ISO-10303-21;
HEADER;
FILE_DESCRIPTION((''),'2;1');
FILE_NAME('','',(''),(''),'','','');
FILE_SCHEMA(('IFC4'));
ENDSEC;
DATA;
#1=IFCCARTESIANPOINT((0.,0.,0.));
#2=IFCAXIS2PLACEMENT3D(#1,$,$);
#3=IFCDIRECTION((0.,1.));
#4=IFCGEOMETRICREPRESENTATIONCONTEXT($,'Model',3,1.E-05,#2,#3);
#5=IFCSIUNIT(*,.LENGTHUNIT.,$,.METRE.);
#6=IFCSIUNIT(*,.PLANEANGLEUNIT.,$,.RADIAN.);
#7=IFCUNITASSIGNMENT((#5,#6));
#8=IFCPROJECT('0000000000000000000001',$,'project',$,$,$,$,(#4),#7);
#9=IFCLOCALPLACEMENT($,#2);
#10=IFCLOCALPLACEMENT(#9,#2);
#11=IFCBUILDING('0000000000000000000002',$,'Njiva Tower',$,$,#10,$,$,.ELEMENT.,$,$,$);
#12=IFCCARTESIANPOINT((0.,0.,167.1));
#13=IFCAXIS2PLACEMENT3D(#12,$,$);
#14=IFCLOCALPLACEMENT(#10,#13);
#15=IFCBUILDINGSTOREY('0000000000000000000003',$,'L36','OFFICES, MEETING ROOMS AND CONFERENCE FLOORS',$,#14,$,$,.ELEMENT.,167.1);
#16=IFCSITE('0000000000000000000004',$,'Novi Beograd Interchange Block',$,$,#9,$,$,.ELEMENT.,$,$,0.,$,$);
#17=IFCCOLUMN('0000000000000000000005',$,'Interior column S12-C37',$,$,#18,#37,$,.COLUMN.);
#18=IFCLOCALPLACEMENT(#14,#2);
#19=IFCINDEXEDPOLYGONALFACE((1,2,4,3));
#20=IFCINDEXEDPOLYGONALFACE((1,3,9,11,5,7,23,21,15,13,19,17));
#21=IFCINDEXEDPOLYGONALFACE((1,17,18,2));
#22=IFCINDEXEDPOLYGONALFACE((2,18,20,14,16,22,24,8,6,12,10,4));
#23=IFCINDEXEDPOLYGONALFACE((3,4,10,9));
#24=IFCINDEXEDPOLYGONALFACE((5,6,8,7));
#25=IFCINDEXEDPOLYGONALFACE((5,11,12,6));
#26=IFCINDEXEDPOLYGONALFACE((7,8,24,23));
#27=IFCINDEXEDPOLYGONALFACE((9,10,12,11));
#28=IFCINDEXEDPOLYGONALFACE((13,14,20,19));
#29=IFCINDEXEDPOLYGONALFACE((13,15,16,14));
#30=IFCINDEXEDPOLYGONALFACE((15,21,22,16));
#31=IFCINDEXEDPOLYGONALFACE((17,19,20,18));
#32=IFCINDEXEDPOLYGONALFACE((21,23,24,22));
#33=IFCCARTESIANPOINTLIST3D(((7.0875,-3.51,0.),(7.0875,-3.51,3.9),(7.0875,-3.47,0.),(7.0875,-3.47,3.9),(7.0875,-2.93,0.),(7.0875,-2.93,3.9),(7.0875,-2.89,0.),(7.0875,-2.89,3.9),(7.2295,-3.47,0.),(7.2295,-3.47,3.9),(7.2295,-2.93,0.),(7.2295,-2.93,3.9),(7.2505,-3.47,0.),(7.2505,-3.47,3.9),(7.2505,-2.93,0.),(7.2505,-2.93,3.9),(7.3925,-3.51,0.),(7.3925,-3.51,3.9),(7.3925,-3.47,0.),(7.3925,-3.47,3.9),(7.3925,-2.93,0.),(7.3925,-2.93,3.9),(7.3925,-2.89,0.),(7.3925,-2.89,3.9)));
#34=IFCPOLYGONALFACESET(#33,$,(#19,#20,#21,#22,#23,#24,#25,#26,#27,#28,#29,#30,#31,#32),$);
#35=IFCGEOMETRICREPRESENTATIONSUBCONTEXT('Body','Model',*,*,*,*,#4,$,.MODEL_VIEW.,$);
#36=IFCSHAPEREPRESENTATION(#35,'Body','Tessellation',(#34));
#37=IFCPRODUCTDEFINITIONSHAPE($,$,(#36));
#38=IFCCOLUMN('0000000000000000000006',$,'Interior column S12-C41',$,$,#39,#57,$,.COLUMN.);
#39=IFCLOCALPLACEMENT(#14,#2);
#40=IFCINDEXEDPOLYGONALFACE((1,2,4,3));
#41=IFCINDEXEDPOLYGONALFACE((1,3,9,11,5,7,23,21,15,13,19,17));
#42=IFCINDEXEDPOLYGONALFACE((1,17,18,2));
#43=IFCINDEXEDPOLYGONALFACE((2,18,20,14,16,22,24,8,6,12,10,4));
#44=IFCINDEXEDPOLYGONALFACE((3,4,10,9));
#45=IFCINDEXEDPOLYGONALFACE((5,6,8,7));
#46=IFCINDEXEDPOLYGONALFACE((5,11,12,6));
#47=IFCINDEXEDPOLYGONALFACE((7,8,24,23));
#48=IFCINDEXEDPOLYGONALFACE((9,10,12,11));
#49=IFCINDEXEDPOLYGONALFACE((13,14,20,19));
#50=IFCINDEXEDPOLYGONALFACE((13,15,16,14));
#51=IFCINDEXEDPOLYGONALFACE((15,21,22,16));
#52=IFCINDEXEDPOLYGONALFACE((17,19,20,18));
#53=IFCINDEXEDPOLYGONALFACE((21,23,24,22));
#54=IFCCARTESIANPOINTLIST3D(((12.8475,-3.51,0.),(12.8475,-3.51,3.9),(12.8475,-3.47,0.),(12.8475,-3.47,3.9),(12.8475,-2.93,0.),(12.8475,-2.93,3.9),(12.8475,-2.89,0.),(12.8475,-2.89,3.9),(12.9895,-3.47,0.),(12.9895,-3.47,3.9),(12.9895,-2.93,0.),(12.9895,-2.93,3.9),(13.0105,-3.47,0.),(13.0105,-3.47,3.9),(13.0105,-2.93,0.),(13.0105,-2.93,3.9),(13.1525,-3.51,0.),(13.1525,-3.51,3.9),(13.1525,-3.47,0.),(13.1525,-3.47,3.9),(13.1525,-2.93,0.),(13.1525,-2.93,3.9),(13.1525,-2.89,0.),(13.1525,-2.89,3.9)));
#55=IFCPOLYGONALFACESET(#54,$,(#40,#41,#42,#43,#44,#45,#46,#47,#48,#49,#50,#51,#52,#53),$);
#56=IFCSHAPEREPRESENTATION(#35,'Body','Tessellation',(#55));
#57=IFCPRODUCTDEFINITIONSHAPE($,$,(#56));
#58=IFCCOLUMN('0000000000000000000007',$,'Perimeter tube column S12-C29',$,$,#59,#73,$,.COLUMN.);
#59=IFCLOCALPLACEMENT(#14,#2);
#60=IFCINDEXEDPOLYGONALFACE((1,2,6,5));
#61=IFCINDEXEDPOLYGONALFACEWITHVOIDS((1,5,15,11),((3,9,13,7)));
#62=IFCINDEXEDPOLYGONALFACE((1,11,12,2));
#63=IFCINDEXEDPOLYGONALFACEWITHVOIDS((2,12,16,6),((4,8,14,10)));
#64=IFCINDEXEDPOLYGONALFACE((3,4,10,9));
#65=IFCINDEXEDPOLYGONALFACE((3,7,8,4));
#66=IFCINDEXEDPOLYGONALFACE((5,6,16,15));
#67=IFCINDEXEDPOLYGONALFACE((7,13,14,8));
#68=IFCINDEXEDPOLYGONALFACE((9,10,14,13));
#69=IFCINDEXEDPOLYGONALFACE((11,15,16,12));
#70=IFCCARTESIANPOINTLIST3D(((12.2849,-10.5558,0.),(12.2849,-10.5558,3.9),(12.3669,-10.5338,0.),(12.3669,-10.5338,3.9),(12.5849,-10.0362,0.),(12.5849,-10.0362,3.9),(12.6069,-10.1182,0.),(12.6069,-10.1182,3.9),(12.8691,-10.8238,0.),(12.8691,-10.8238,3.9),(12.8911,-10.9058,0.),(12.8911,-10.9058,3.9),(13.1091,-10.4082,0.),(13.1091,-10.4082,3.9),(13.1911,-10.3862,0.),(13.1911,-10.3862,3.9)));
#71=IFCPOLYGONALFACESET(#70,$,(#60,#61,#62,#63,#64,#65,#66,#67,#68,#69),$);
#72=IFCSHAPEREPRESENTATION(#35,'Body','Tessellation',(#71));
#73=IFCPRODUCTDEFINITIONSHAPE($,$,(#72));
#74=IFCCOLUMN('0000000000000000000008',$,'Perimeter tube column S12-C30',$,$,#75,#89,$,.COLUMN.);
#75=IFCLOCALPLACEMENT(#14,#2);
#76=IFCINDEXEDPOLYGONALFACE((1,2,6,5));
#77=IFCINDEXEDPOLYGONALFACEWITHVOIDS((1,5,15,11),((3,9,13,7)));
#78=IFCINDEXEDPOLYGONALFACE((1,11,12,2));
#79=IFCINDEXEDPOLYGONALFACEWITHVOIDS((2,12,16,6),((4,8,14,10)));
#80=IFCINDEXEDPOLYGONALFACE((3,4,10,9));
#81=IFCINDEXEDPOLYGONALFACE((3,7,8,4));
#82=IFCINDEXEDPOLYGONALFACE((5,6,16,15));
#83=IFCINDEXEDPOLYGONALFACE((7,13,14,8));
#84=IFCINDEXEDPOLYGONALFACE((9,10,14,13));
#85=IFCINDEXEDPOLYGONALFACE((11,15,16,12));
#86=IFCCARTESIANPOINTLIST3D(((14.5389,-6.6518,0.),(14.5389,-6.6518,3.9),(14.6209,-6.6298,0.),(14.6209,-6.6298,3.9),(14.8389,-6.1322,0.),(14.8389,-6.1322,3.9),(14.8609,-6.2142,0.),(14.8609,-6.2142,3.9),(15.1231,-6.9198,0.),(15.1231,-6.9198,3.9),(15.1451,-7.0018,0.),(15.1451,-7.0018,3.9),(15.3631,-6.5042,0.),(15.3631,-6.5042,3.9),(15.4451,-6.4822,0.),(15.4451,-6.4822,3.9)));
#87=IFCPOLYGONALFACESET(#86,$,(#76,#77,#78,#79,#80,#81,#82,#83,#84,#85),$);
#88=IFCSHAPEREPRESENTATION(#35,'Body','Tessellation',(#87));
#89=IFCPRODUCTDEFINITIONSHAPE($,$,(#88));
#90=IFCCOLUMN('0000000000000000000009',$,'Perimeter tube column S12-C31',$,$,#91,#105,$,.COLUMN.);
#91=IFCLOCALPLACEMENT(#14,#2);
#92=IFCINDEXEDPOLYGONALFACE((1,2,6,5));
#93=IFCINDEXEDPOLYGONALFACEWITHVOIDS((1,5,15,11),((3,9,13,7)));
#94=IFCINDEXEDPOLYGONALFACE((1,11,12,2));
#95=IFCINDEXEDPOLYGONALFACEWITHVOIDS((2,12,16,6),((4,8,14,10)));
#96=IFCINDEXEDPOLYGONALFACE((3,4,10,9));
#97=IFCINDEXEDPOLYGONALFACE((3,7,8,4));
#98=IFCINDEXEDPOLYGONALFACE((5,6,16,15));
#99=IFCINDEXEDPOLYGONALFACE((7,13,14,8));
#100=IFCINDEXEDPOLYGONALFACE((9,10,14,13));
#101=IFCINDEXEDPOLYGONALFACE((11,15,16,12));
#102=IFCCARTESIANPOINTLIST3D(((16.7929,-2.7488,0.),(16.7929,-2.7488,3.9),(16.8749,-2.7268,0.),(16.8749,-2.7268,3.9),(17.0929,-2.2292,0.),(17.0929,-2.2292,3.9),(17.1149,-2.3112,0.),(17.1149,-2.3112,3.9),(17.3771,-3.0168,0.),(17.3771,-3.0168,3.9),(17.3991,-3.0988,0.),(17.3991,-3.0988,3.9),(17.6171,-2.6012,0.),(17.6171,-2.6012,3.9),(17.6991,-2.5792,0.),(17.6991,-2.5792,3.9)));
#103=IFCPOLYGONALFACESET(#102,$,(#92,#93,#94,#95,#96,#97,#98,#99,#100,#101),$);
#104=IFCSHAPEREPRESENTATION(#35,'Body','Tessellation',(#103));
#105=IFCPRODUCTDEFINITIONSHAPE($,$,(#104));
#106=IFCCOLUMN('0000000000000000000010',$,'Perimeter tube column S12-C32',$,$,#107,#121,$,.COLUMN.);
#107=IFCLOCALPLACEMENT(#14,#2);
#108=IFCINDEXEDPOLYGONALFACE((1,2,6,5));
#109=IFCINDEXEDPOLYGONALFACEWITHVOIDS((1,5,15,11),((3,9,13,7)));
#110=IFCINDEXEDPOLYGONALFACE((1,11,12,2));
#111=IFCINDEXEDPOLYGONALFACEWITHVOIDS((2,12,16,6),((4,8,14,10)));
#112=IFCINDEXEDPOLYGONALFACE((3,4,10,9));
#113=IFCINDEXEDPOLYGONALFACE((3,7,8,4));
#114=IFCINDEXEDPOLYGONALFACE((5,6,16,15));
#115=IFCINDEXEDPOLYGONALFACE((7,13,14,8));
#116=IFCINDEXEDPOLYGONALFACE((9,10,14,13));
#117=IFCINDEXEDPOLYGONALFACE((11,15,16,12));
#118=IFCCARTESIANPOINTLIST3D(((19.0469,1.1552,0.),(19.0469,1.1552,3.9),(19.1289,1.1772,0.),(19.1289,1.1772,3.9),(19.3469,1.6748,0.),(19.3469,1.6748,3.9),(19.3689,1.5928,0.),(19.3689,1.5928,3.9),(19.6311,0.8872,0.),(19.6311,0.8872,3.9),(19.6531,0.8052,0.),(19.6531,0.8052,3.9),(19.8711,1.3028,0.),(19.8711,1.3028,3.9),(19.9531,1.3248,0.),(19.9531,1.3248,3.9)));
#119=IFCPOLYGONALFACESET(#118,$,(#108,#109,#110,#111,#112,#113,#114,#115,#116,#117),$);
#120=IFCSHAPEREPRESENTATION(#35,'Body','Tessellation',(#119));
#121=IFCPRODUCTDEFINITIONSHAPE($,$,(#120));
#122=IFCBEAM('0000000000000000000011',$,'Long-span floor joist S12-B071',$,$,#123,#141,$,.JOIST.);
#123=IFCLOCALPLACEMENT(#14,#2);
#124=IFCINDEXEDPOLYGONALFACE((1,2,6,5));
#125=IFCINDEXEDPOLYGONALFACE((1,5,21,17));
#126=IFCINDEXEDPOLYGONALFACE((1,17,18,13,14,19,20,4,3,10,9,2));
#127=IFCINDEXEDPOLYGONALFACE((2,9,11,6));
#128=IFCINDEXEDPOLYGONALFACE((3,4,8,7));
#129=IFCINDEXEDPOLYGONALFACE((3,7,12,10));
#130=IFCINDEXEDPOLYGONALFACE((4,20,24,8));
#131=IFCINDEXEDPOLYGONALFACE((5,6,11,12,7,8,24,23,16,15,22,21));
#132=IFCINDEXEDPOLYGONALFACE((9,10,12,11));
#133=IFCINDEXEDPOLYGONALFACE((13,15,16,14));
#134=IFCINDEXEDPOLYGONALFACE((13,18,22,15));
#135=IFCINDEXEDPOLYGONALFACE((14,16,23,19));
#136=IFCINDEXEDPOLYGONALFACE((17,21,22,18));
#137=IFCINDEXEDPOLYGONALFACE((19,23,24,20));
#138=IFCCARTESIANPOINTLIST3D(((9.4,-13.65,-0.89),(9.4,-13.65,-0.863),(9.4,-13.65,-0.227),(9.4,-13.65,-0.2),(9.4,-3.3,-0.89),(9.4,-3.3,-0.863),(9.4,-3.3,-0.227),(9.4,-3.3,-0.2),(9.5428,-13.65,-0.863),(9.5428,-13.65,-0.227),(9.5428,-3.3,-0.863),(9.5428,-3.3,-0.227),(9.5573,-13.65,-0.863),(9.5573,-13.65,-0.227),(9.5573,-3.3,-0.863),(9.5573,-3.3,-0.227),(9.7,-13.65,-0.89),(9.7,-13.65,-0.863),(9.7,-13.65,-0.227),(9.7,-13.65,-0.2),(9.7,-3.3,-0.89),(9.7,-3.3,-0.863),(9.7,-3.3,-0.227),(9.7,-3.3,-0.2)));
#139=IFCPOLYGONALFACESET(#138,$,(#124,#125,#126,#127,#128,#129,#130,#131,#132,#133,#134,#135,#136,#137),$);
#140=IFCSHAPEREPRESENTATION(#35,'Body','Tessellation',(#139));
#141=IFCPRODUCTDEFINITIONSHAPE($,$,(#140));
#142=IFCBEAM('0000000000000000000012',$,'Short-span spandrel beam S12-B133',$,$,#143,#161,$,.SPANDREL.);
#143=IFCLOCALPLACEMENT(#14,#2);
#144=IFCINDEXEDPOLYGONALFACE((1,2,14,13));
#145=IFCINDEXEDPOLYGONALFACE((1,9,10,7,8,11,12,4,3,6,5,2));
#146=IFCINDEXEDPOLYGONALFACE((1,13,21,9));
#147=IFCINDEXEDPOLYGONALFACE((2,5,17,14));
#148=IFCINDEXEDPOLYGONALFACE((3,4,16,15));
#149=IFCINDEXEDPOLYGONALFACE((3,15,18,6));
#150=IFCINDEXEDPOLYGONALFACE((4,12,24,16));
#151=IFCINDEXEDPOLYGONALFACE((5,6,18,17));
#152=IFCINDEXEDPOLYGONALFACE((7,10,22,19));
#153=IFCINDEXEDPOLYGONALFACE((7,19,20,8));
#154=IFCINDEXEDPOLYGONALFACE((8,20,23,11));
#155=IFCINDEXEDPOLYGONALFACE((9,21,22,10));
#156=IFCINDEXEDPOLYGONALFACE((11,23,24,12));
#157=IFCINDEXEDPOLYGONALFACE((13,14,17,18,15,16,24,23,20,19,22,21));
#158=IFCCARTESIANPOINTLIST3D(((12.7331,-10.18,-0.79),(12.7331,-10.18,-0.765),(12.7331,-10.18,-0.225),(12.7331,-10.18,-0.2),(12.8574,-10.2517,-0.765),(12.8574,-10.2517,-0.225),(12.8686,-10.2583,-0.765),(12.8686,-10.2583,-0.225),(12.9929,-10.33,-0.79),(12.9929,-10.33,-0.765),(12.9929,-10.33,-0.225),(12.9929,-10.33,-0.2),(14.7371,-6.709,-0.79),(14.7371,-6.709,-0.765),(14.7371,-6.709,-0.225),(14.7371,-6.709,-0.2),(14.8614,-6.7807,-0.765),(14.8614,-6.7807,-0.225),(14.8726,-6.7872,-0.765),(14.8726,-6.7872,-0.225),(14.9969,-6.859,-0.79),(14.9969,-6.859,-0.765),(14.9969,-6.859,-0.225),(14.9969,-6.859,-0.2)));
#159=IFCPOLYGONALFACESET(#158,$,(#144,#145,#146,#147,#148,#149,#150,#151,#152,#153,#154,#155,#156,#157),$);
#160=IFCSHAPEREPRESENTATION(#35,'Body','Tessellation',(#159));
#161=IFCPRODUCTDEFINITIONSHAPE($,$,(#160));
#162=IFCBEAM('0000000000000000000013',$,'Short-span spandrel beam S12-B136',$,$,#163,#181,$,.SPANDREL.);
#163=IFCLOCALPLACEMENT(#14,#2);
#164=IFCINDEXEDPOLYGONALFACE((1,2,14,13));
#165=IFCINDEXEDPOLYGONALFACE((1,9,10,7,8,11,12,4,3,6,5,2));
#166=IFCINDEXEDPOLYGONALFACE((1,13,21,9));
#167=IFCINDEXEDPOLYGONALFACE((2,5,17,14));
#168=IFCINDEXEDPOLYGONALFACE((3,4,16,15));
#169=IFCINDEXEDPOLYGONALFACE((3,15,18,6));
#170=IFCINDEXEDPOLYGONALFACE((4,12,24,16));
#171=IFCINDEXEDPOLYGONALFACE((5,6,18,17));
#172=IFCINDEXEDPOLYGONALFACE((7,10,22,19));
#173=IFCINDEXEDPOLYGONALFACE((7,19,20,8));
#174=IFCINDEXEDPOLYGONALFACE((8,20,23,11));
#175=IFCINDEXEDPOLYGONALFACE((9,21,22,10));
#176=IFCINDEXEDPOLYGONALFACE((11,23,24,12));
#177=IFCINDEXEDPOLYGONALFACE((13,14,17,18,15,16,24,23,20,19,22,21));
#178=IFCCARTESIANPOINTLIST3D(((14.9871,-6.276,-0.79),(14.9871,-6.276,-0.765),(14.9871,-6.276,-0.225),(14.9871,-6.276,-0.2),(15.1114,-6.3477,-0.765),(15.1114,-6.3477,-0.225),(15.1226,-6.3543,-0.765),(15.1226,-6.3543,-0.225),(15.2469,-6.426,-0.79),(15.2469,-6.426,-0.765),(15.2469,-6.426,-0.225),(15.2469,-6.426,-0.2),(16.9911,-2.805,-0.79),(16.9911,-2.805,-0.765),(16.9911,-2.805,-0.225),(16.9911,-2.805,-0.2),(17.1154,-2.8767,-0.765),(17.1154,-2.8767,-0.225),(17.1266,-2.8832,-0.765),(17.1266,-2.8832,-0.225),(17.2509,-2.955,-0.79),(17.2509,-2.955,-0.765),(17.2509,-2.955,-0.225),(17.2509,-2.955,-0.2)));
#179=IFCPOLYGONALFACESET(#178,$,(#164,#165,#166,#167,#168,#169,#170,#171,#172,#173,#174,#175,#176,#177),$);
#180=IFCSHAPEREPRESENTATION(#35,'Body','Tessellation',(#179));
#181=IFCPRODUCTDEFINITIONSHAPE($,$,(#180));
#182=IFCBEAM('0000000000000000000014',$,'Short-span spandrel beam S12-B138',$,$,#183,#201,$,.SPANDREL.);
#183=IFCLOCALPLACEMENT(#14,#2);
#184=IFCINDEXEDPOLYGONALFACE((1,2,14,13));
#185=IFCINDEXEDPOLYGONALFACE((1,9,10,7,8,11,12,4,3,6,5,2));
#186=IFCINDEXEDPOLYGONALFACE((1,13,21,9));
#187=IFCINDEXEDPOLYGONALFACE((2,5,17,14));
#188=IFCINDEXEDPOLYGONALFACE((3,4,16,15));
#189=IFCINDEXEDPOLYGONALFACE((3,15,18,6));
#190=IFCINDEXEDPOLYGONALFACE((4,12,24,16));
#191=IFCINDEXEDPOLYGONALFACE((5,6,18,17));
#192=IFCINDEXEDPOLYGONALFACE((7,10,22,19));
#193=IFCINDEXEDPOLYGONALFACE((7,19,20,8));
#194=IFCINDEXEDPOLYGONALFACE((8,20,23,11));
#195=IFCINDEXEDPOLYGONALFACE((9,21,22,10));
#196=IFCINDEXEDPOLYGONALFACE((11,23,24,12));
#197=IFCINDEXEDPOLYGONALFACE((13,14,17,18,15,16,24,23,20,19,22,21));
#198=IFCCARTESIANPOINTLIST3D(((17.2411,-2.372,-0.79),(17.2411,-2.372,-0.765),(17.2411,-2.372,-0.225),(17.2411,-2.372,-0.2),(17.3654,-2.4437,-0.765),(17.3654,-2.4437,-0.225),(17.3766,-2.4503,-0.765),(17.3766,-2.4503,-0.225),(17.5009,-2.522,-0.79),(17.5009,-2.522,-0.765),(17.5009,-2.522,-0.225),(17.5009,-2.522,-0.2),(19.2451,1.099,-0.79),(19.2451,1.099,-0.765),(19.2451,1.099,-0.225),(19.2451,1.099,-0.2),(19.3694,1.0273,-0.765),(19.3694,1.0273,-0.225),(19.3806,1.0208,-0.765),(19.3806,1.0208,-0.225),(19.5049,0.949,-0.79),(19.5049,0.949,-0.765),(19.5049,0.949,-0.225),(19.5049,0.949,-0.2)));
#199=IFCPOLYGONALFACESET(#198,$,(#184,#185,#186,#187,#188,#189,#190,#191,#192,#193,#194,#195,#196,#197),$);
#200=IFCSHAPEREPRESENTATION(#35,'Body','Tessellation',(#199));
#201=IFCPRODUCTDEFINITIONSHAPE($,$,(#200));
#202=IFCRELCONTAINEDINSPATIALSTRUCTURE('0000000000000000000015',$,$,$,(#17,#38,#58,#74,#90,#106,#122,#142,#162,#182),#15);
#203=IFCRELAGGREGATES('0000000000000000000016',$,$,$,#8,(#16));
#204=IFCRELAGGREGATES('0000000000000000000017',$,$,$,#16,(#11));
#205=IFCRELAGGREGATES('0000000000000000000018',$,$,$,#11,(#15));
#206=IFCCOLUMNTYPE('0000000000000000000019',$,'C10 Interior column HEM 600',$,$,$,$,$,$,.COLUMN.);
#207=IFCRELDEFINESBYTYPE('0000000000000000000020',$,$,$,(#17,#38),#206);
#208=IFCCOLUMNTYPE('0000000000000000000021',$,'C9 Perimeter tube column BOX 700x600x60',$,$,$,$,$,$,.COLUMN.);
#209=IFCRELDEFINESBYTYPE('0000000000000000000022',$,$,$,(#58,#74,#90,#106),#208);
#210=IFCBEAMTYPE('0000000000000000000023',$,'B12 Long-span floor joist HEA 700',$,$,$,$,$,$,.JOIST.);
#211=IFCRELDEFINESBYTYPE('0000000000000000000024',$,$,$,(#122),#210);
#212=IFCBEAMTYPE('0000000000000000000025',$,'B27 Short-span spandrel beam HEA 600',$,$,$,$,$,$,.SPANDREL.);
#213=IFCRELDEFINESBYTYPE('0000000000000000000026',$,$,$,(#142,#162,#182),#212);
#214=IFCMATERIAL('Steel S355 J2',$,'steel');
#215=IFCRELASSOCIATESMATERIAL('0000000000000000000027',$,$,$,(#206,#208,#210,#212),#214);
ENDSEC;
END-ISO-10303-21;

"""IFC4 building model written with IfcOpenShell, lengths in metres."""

from ifc_helpers import new_model, si_unit, direction, frame, origin, origin_2d, place, context, subcontext, project, spatial, hollow_rectangle, i_section, extrude, material, material_profile, profile_set, type_object, element, save


model = new_model("IFC4")

# Units and contexts
model_context = context("Model", 3, precision=1e-05, world=origin(), true_north=direction((0.0, 1.0)))
body_context = subcontext(model_context, "Body", "Model", "MODEL_VIEW")
ifc_project = project(units=[si_unit("LENGTHUNIT", "METRE"), si_unit("PLANEANGLEUNIT", "RADIAN")], contexts=[model_context])

# Site, building, storey
site_placement = place(None, origin())
site = spatial("IfcSite", under=ifc_project, at=site_placement, Name="Novi Beograd Interchange Block", CompositionType="ELEMENT", RefElevation=0.0)
building_placement = place(site_placement, origin())
building = spatial("IfcBuilding", under=site, at=building_placement, Name="Njiva Tower", CompositionType="ELEMENT")
storey_placement = place(building_placement, frame((0.0, 0.0, 167.1)))
storey = spatial("IfcBuildingStorey", under=building, at=storey_placement, Name="L36", Description="OFFICES, MEETING ROOMS AND CONFERENCE FLOORS", CompositionType="ELEMENT", Elevation=167.1)

# Columns
ifc_material_1 = material(Name="Steel S355 J2", Category="steel")
ifc_material_profile_1 = material_profile(ifc_material_1, i_section(OverallWidth=0.305, OverallDepth=0.62, WebThickness=0.021, FlangeThickness=0.04, at=origin_2d()), Name="HEM 600")
ifc_profile_set_1 = profile_set([ifc_material_profile_1], Name="Steel S355 J2")
column_type_1 = type_object("IfcColumnType", Name="C10 Interior column HEM 600", PredefinedType="COLUMN", material=ifc_profile_set_1)
for number, where, z_axis, x_axis, name in (
    (1, (7.24, -3.2, 0.0), (0.0, 0.0, 1.0), (1.0, 0.0, 0.0), "Interior column S12-C37"),
    (2, (13.0, -3.2, 0.0), (0.0, 0.0, 1.0), (1.0, 0.0, 0.0), "Interior column S12-C41"),
):
    element("IfcColumn", number, at=place(storey_placement, frame(where, z_axis=z_axis, x_axis=x_axis)), inside=storey, type_object=column_type_1, Name=name, PredefinedType="COLUMN", context=body_context, shape_type="SweptSolid", body=[
        extrude(i_section(OverallWidth=0.305, OverallDepth=0.62, WebThickness=0.021, FlangeThickness=0.04, at=origin_2d()), origin(), (0.0, 0.0, 1.0), 3.9),
    ])
ifc_material_profile_2 = material_profile(ifc_material_1, hollow_rectangle(XDim=0.6, YDim=0.7, WallThickness=0.06, at=origin_2d()), Name="BOX 700x600x60")
ifc_profile_set_2 = profile_set([ifc_material_profile_2], Name="Steel S355 J2")
column_type_2 = type_object("IfcColumnType", Name="C9 Perimeter tube column BOX 700x600x60", PredefinedType="COLUMN", material=ifc_profile_set_2)
for number, where, z_axis, x_axis, name in (
    (3, (12.738, -10.471, 0.0), (0.0, 0.0, 1.0), (0.5, 0.866025, 0.0), "Perimeter tube column S12-C29"),
    (4, (14.992, -6.567, 0.0), (0.0, 0.0, 1.0), (0.5, 0.866025, 0.0), "Perimeter tube column S12-C30"),
    (5, (17.246, -2.664, 0.0), (0.0, 0.0, 1.0), (0.5, 0.866025, 0.0), "Perimeter tube column S12-C31"),
    (6, (19.5, 1.24, 0.0), (0.0, 0.0, 1.0), (0.5, 0.866025, 0.0), "Perimeter tube column S12-C32"),
):
    element("IfcColumn", number, at=place(storey_placement, frame(where, z_axis=z_axis, x_axis=x_axis)), inside=storey, type_object=column_type_2, Name=name, PredefinedType="COLUMN", context=body_context, shape_type="SweptSolid", body=[
        extrude(hollow_rectangle(XDim=0.6, YDim=0.7, WallThickness=0.06, at=origin_2d()), origin(), (0.0, 0.0, 1.0), 3.9),
    ])

# Beams
ifc_material_profile_3 = material_profile(ifc_material_1, i_section(OverallWidth=0.3, OverallDepth=0.69, WebThickness=0.0145, FlangeThickness=0.027, at=origin_2d()), Name="HEA 700")
ifc_profile_set_3 = profile_set([ifc_material_profile_3], Name="Steel S355 J2")
beam_type_1 = type_object("IfcBeamType", Name="B12 Long-span floor joist HEA 700", PredefinedType="JOIST", material=ifc_profile_set_3)
beam_1_placement = place(storey_placement, frame((9.55, -3.3, -0.545), z_axis=(0.0, -1.0, 0.0), x_axis=(1.0, 0.0, 0.0)))
element("IfcBeam", 7, at=beam_1_placement, inside=storey, type_object=beam_type_1, Name="Long-span floor joist S12-B071", PredefinedType="JOIST", context=body_context, shape_type="SweptSolid", body=[
    extrude(i_section(OverallWidth=0.3, OverallDepth=0.69, WebThickness=0.0145, FlangeThickness=0.027, at=origin_2d()), origin(), (0.0, 0.0, 1.0), 10.35),
])
ifc_material_profile_4 = material_profile(ifc_material_1, i_section(OverallWidth=0.3, OverallDepth=0.59, WebThickness=0.013, FlangeThickness=0.025, at=origin_2d()), Name="HEA 600")
ifc_profile_set_4 = profile_set([ifc_material_profile_4], Name="Steel S355 J2")
beam_type_2 = type_object("IfcBeamType", Name="B27 Short-span spandrel beam HEA 600", PredefinedType="SPANDREL", material=ifc_profile_set_4)
for number, where, z_axis, x_axis, name in (
    (8, (12.863, -10.255, -0.495), (0.500003, 0.866024, 0.0), (-0.866024, 0.500003, 0.0), "Short-span spandrel beam S12-B133"),
    (9, (15.117, -6.351, -0.495), (0.500003, 0.866024, 0.0), (-0.866024, 0.500003, 0.0), "Short-span spandrel beam S12-B136"),
    (10, (17.371, -2.447, -0.495), (0.500003, 0.866024, 0.0), (-0.866024, 0.500003, 0.0), "Short-span spandrel beam S12-B138"),
):
    element("IfcBeam", number, at=place(storey_placement, frame(where, z_axis=z_axis, x_axis=x_axis)), inside=storey, type_object=beam_type_2, Name=name, PredefinedType="SPANDREL", context=body_context, shape_type="SweptSolid", body=[
        extrude(i_section(OverallWidth=0.3, OverallDepth=0.59, WebThickness=0.013, FlangeThickness=0.025, at=origin_2d()), origin(), (0.0, 0.0, 1.0), 4.008),
    ])

save(model, "model.ifc")
